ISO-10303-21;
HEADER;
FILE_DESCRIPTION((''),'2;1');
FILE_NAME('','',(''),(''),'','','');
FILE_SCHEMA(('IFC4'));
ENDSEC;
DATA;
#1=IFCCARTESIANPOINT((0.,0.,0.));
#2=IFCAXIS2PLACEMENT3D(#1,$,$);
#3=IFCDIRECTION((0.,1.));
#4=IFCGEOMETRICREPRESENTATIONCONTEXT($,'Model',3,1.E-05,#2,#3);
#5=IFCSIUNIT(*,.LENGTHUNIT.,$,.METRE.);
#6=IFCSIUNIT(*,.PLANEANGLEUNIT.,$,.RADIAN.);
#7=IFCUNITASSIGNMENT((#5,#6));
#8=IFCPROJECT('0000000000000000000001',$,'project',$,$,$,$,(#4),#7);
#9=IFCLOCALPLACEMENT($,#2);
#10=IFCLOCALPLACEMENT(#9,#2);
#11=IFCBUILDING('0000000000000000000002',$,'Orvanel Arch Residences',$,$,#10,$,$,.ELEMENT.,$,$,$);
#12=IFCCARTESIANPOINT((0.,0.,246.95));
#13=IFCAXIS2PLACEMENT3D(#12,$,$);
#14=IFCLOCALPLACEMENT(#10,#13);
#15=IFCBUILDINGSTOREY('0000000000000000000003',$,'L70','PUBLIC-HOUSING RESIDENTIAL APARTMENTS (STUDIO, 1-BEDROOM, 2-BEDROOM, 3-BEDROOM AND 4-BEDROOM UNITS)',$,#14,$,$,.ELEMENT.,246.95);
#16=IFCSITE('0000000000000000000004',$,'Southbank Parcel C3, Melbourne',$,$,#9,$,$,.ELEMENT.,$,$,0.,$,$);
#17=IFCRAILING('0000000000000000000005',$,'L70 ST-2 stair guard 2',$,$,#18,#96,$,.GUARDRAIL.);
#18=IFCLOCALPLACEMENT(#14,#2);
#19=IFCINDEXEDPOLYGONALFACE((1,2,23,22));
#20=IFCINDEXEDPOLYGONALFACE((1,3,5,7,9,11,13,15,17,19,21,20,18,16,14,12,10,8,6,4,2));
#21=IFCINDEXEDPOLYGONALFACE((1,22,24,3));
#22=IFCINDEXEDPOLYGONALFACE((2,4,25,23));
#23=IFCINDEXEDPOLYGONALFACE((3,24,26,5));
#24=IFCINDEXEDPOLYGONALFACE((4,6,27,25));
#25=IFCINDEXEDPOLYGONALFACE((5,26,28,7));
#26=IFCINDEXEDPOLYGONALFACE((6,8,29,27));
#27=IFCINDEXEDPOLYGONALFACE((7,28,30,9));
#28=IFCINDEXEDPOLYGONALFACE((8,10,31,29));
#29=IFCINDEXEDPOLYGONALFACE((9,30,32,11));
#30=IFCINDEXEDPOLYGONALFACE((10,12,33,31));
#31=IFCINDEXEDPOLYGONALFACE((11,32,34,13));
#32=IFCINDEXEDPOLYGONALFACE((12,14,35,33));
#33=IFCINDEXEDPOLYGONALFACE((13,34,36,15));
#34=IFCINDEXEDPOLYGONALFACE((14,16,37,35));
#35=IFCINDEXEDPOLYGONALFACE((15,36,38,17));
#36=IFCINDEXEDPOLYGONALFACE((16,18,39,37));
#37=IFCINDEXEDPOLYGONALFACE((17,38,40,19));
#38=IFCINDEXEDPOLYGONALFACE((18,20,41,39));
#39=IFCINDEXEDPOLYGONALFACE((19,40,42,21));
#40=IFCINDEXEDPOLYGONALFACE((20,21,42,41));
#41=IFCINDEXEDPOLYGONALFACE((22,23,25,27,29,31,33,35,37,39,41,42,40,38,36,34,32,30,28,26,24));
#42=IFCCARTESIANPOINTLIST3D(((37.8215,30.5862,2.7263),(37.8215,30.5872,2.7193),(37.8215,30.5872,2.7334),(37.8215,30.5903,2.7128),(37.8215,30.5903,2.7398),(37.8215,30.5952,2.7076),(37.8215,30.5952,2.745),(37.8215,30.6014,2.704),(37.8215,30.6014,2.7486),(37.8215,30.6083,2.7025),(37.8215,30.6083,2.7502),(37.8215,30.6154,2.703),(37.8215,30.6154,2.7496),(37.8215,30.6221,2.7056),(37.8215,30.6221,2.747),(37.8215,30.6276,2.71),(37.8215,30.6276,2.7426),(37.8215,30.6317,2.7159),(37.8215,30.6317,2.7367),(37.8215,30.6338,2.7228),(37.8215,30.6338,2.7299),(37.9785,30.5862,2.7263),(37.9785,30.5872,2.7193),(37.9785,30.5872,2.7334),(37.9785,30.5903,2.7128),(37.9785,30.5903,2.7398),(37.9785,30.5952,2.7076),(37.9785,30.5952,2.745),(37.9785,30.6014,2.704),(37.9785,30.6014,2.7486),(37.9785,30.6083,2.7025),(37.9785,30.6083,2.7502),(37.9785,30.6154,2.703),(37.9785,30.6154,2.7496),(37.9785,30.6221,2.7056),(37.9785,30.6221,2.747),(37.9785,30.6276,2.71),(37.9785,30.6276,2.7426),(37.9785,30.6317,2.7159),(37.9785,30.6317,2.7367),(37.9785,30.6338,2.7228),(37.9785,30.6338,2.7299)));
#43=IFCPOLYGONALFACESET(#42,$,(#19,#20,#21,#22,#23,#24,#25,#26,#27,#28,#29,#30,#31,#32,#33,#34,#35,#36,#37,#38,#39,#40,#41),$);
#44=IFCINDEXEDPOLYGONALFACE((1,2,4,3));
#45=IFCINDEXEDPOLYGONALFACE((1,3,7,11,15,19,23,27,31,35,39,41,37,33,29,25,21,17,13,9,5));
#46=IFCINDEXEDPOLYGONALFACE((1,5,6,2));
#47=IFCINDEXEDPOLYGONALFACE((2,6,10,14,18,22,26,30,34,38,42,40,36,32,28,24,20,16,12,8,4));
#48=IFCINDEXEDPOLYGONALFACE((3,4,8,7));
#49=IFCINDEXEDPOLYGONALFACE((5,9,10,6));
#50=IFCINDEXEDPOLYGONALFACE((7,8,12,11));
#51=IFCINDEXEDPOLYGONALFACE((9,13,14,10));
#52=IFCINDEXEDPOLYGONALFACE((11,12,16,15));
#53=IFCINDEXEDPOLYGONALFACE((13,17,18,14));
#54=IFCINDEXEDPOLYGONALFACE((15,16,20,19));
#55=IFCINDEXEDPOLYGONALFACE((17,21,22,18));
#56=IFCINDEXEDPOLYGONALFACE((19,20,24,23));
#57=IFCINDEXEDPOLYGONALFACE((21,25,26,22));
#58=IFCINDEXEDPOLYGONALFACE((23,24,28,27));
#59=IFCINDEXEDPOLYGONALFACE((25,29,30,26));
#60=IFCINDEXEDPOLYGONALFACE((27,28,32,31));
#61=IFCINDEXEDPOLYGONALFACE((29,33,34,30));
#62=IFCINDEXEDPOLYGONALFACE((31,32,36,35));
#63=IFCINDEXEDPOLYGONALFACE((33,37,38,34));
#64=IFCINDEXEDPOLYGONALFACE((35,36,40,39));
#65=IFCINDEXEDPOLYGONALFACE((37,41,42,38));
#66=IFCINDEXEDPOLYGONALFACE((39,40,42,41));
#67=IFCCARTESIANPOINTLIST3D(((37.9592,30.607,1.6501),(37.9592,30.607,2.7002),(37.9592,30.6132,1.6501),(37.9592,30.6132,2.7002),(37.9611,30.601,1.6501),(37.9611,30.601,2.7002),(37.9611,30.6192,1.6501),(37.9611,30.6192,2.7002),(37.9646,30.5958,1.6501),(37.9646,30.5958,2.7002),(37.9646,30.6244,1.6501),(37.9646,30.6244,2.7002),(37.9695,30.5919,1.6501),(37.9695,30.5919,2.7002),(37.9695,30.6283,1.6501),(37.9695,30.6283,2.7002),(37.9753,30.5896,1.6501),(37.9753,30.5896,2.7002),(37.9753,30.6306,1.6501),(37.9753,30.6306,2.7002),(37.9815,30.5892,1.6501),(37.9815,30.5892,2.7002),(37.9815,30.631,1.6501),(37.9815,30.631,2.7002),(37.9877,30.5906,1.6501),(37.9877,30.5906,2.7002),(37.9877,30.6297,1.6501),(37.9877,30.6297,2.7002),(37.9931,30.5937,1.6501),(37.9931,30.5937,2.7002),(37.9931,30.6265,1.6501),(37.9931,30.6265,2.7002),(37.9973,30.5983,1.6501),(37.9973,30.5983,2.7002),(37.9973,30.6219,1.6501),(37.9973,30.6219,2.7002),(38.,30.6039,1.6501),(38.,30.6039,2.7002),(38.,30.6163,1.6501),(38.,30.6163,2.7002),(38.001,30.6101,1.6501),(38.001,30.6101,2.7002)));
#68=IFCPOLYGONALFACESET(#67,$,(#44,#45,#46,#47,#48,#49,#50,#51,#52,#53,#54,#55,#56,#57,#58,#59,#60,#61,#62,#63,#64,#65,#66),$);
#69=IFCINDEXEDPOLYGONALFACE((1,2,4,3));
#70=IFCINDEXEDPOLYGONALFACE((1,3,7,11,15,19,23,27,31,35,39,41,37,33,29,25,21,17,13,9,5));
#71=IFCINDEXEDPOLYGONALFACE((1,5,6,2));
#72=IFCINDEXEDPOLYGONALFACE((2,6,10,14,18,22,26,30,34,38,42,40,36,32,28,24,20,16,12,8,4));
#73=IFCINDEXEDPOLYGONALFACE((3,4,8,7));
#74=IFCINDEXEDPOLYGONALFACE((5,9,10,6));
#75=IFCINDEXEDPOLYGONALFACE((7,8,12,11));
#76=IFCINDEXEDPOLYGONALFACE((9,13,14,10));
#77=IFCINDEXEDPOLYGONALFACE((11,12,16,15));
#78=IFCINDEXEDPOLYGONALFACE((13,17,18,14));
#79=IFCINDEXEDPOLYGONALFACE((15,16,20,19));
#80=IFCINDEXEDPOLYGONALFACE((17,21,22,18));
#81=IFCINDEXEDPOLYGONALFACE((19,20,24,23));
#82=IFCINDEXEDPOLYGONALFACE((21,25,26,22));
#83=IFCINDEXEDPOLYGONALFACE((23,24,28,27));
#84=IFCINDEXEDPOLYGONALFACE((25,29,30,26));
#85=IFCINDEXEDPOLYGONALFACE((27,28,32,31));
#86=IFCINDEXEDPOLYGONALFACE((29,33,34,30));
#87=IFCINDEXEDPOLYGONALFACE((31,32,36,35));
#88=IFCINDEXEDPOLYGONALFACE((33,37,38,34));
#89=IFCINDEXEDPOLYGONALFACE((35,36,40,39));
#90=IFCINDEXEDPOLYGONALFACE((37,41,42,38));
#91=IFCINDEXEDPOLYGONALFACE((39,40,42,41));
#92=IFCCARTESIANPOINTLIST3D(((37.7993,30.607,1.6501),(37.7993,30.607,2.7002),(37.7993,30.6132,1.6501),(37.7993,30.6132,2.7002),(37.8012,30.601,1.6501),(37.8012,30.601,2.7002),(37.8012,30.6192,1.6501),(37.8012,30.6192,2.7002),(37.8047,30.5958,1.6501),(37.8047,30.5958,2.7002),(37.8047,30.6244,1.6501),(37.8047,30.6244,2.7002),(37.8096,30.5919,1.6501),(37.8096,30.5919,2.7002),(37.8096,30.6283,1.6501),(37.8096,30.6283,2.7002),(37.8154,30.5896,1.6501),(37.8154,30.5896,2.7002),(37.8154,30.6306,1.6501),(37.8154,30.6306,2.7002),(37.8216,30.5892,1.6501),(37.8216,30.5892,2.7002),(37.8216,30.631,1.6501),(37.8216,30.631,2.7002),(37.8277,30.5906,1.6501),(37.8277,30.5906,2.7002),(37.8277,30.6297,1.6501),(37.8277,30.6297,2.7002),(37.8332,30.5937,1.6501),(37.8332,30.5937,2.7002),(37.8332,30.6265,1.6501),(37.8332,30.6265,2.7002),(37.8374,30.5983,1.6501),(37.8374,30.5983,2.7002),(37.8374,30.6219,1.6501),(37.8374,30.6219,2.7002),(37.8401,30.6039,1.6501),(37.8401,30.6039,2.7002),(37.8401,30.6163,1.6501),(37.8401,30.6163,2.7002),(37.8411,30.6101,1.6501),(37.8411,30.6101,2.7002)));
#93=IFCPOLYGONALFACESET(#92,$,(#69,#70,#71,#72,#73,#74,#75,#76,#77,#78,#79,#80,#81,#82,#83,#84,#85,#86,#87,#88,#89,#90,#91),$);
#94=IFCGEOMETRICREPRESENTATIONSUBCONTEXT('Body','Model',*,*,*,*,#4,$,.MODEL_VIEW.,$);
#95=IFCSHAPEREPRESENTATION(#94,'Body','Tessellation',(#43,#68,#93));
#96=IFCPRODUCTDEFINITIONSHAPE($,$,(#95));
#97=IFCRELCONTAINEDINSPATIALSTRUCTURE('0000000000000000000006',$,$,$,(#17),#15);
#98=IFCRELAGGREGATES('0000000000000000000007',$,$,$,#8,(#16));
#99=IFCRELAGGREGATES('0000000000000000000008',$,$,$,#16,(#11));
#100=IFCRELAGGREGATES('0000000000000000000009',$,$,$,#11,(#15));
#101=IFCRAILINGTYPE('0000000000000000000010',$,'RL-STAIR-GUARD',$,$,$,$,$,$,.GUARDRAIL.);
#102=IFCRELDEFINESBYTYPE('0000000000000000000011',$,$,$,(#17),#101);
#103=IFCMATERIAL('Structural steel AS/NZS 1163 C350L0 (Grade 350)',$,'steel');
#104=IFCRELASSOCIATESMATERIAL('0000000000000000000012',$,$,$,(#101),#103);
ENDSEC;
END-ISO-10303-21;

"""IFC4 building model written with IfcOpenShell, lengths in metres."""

from ifc_helpers import new_model, si_unit, direction, frame, origin, origin_2d, place, context, subcontext, project, spatial, circle, extrude, material, type_object, element, save


model = new_model("IFC4")

# Units and contexts
model_context = context("Model", 3, precision=1e-05, world=origin(), true_north=direction((0.0, 1.0)))
body_context = subcontext(model_context, "Body", "Model", "MODEL_VIEW")
ifc_project = project(units=[si_unit("LENGTHUNIT", "METRE"), si_unit("PLANEANGLEUNIT", "RADIAN")], contexts=[model_context])

# Site, building, storey
site_placement = place(None, origin())
site = spatial("IfcSite", under=ifc_project, at=site_placement, Name="Southbank Parcel C3, Melbourne", CompositionType="ELEMENT", RefElevation=0.0)
building_placement = place(site_placement, origin())
building = spatial("IfcBuilding", under=site, at=building_placement, Name="Orvanel Arch Residences", CompositionType="ELEMENT")
storey_placement = place(building_placement, frame((0.0, 0.0, 246.95)))
storey = spatial("IfcBuildingStorey", under=building, at=storey_placement, Name="L70", Description="PUBLIC-HOUSING RESIDENTIAL APARTMENTS (STUDIO, 1-BEDROOM, 2-BEDROOM, 3-BEDROOM AND 4-BEDROOM UNITS)", CompositionType="ELEMENT", Elevation=246.95)

# Railing
ifc_material_1 = material(Name="Structural steel AS/NZS 1163 C350L0 (Grade 350)", Category="steel")
railing_type_1 = type_object("IfcRailingType", Name="RL-STAIR-GUARD", PredefinedType="GUARDRAIL", material=ifc_material_1)
railing_1_placement = place(storey_placement, frame((37.98, 30.6101, 1.6501)))
element("IfcRailing", 1, at=railing_1_placement, inside=storey, type_object=railing_type_1, Name="L70 ST-2 stair guard 2", PredefinedType="GUARDRAIL", context=body_context, shape_type="SweptSolid", body=[
    extrude(circle(Radius=0.0239, at=origin_2d()), frame((-0.0015, 0.0, 1.0762), z_axis=(-1.0, 0.0, 0.0), x_axis=(0.0, -1.0, 0.0)), (0.0, 0.0, 1.0), 0.157),
    extrude(circle(Radius=0.021, at=origin_2d()), origin(), (0.0, 0.0, 1.0), 1.05),
    extrude(circle(Radius=0.021, at=origin_2d()), frame((-0.1599, 0.0, 0.0)), (0.0, 0.0, 1.0), 1.05),
])

save(model, "model.ifc")
